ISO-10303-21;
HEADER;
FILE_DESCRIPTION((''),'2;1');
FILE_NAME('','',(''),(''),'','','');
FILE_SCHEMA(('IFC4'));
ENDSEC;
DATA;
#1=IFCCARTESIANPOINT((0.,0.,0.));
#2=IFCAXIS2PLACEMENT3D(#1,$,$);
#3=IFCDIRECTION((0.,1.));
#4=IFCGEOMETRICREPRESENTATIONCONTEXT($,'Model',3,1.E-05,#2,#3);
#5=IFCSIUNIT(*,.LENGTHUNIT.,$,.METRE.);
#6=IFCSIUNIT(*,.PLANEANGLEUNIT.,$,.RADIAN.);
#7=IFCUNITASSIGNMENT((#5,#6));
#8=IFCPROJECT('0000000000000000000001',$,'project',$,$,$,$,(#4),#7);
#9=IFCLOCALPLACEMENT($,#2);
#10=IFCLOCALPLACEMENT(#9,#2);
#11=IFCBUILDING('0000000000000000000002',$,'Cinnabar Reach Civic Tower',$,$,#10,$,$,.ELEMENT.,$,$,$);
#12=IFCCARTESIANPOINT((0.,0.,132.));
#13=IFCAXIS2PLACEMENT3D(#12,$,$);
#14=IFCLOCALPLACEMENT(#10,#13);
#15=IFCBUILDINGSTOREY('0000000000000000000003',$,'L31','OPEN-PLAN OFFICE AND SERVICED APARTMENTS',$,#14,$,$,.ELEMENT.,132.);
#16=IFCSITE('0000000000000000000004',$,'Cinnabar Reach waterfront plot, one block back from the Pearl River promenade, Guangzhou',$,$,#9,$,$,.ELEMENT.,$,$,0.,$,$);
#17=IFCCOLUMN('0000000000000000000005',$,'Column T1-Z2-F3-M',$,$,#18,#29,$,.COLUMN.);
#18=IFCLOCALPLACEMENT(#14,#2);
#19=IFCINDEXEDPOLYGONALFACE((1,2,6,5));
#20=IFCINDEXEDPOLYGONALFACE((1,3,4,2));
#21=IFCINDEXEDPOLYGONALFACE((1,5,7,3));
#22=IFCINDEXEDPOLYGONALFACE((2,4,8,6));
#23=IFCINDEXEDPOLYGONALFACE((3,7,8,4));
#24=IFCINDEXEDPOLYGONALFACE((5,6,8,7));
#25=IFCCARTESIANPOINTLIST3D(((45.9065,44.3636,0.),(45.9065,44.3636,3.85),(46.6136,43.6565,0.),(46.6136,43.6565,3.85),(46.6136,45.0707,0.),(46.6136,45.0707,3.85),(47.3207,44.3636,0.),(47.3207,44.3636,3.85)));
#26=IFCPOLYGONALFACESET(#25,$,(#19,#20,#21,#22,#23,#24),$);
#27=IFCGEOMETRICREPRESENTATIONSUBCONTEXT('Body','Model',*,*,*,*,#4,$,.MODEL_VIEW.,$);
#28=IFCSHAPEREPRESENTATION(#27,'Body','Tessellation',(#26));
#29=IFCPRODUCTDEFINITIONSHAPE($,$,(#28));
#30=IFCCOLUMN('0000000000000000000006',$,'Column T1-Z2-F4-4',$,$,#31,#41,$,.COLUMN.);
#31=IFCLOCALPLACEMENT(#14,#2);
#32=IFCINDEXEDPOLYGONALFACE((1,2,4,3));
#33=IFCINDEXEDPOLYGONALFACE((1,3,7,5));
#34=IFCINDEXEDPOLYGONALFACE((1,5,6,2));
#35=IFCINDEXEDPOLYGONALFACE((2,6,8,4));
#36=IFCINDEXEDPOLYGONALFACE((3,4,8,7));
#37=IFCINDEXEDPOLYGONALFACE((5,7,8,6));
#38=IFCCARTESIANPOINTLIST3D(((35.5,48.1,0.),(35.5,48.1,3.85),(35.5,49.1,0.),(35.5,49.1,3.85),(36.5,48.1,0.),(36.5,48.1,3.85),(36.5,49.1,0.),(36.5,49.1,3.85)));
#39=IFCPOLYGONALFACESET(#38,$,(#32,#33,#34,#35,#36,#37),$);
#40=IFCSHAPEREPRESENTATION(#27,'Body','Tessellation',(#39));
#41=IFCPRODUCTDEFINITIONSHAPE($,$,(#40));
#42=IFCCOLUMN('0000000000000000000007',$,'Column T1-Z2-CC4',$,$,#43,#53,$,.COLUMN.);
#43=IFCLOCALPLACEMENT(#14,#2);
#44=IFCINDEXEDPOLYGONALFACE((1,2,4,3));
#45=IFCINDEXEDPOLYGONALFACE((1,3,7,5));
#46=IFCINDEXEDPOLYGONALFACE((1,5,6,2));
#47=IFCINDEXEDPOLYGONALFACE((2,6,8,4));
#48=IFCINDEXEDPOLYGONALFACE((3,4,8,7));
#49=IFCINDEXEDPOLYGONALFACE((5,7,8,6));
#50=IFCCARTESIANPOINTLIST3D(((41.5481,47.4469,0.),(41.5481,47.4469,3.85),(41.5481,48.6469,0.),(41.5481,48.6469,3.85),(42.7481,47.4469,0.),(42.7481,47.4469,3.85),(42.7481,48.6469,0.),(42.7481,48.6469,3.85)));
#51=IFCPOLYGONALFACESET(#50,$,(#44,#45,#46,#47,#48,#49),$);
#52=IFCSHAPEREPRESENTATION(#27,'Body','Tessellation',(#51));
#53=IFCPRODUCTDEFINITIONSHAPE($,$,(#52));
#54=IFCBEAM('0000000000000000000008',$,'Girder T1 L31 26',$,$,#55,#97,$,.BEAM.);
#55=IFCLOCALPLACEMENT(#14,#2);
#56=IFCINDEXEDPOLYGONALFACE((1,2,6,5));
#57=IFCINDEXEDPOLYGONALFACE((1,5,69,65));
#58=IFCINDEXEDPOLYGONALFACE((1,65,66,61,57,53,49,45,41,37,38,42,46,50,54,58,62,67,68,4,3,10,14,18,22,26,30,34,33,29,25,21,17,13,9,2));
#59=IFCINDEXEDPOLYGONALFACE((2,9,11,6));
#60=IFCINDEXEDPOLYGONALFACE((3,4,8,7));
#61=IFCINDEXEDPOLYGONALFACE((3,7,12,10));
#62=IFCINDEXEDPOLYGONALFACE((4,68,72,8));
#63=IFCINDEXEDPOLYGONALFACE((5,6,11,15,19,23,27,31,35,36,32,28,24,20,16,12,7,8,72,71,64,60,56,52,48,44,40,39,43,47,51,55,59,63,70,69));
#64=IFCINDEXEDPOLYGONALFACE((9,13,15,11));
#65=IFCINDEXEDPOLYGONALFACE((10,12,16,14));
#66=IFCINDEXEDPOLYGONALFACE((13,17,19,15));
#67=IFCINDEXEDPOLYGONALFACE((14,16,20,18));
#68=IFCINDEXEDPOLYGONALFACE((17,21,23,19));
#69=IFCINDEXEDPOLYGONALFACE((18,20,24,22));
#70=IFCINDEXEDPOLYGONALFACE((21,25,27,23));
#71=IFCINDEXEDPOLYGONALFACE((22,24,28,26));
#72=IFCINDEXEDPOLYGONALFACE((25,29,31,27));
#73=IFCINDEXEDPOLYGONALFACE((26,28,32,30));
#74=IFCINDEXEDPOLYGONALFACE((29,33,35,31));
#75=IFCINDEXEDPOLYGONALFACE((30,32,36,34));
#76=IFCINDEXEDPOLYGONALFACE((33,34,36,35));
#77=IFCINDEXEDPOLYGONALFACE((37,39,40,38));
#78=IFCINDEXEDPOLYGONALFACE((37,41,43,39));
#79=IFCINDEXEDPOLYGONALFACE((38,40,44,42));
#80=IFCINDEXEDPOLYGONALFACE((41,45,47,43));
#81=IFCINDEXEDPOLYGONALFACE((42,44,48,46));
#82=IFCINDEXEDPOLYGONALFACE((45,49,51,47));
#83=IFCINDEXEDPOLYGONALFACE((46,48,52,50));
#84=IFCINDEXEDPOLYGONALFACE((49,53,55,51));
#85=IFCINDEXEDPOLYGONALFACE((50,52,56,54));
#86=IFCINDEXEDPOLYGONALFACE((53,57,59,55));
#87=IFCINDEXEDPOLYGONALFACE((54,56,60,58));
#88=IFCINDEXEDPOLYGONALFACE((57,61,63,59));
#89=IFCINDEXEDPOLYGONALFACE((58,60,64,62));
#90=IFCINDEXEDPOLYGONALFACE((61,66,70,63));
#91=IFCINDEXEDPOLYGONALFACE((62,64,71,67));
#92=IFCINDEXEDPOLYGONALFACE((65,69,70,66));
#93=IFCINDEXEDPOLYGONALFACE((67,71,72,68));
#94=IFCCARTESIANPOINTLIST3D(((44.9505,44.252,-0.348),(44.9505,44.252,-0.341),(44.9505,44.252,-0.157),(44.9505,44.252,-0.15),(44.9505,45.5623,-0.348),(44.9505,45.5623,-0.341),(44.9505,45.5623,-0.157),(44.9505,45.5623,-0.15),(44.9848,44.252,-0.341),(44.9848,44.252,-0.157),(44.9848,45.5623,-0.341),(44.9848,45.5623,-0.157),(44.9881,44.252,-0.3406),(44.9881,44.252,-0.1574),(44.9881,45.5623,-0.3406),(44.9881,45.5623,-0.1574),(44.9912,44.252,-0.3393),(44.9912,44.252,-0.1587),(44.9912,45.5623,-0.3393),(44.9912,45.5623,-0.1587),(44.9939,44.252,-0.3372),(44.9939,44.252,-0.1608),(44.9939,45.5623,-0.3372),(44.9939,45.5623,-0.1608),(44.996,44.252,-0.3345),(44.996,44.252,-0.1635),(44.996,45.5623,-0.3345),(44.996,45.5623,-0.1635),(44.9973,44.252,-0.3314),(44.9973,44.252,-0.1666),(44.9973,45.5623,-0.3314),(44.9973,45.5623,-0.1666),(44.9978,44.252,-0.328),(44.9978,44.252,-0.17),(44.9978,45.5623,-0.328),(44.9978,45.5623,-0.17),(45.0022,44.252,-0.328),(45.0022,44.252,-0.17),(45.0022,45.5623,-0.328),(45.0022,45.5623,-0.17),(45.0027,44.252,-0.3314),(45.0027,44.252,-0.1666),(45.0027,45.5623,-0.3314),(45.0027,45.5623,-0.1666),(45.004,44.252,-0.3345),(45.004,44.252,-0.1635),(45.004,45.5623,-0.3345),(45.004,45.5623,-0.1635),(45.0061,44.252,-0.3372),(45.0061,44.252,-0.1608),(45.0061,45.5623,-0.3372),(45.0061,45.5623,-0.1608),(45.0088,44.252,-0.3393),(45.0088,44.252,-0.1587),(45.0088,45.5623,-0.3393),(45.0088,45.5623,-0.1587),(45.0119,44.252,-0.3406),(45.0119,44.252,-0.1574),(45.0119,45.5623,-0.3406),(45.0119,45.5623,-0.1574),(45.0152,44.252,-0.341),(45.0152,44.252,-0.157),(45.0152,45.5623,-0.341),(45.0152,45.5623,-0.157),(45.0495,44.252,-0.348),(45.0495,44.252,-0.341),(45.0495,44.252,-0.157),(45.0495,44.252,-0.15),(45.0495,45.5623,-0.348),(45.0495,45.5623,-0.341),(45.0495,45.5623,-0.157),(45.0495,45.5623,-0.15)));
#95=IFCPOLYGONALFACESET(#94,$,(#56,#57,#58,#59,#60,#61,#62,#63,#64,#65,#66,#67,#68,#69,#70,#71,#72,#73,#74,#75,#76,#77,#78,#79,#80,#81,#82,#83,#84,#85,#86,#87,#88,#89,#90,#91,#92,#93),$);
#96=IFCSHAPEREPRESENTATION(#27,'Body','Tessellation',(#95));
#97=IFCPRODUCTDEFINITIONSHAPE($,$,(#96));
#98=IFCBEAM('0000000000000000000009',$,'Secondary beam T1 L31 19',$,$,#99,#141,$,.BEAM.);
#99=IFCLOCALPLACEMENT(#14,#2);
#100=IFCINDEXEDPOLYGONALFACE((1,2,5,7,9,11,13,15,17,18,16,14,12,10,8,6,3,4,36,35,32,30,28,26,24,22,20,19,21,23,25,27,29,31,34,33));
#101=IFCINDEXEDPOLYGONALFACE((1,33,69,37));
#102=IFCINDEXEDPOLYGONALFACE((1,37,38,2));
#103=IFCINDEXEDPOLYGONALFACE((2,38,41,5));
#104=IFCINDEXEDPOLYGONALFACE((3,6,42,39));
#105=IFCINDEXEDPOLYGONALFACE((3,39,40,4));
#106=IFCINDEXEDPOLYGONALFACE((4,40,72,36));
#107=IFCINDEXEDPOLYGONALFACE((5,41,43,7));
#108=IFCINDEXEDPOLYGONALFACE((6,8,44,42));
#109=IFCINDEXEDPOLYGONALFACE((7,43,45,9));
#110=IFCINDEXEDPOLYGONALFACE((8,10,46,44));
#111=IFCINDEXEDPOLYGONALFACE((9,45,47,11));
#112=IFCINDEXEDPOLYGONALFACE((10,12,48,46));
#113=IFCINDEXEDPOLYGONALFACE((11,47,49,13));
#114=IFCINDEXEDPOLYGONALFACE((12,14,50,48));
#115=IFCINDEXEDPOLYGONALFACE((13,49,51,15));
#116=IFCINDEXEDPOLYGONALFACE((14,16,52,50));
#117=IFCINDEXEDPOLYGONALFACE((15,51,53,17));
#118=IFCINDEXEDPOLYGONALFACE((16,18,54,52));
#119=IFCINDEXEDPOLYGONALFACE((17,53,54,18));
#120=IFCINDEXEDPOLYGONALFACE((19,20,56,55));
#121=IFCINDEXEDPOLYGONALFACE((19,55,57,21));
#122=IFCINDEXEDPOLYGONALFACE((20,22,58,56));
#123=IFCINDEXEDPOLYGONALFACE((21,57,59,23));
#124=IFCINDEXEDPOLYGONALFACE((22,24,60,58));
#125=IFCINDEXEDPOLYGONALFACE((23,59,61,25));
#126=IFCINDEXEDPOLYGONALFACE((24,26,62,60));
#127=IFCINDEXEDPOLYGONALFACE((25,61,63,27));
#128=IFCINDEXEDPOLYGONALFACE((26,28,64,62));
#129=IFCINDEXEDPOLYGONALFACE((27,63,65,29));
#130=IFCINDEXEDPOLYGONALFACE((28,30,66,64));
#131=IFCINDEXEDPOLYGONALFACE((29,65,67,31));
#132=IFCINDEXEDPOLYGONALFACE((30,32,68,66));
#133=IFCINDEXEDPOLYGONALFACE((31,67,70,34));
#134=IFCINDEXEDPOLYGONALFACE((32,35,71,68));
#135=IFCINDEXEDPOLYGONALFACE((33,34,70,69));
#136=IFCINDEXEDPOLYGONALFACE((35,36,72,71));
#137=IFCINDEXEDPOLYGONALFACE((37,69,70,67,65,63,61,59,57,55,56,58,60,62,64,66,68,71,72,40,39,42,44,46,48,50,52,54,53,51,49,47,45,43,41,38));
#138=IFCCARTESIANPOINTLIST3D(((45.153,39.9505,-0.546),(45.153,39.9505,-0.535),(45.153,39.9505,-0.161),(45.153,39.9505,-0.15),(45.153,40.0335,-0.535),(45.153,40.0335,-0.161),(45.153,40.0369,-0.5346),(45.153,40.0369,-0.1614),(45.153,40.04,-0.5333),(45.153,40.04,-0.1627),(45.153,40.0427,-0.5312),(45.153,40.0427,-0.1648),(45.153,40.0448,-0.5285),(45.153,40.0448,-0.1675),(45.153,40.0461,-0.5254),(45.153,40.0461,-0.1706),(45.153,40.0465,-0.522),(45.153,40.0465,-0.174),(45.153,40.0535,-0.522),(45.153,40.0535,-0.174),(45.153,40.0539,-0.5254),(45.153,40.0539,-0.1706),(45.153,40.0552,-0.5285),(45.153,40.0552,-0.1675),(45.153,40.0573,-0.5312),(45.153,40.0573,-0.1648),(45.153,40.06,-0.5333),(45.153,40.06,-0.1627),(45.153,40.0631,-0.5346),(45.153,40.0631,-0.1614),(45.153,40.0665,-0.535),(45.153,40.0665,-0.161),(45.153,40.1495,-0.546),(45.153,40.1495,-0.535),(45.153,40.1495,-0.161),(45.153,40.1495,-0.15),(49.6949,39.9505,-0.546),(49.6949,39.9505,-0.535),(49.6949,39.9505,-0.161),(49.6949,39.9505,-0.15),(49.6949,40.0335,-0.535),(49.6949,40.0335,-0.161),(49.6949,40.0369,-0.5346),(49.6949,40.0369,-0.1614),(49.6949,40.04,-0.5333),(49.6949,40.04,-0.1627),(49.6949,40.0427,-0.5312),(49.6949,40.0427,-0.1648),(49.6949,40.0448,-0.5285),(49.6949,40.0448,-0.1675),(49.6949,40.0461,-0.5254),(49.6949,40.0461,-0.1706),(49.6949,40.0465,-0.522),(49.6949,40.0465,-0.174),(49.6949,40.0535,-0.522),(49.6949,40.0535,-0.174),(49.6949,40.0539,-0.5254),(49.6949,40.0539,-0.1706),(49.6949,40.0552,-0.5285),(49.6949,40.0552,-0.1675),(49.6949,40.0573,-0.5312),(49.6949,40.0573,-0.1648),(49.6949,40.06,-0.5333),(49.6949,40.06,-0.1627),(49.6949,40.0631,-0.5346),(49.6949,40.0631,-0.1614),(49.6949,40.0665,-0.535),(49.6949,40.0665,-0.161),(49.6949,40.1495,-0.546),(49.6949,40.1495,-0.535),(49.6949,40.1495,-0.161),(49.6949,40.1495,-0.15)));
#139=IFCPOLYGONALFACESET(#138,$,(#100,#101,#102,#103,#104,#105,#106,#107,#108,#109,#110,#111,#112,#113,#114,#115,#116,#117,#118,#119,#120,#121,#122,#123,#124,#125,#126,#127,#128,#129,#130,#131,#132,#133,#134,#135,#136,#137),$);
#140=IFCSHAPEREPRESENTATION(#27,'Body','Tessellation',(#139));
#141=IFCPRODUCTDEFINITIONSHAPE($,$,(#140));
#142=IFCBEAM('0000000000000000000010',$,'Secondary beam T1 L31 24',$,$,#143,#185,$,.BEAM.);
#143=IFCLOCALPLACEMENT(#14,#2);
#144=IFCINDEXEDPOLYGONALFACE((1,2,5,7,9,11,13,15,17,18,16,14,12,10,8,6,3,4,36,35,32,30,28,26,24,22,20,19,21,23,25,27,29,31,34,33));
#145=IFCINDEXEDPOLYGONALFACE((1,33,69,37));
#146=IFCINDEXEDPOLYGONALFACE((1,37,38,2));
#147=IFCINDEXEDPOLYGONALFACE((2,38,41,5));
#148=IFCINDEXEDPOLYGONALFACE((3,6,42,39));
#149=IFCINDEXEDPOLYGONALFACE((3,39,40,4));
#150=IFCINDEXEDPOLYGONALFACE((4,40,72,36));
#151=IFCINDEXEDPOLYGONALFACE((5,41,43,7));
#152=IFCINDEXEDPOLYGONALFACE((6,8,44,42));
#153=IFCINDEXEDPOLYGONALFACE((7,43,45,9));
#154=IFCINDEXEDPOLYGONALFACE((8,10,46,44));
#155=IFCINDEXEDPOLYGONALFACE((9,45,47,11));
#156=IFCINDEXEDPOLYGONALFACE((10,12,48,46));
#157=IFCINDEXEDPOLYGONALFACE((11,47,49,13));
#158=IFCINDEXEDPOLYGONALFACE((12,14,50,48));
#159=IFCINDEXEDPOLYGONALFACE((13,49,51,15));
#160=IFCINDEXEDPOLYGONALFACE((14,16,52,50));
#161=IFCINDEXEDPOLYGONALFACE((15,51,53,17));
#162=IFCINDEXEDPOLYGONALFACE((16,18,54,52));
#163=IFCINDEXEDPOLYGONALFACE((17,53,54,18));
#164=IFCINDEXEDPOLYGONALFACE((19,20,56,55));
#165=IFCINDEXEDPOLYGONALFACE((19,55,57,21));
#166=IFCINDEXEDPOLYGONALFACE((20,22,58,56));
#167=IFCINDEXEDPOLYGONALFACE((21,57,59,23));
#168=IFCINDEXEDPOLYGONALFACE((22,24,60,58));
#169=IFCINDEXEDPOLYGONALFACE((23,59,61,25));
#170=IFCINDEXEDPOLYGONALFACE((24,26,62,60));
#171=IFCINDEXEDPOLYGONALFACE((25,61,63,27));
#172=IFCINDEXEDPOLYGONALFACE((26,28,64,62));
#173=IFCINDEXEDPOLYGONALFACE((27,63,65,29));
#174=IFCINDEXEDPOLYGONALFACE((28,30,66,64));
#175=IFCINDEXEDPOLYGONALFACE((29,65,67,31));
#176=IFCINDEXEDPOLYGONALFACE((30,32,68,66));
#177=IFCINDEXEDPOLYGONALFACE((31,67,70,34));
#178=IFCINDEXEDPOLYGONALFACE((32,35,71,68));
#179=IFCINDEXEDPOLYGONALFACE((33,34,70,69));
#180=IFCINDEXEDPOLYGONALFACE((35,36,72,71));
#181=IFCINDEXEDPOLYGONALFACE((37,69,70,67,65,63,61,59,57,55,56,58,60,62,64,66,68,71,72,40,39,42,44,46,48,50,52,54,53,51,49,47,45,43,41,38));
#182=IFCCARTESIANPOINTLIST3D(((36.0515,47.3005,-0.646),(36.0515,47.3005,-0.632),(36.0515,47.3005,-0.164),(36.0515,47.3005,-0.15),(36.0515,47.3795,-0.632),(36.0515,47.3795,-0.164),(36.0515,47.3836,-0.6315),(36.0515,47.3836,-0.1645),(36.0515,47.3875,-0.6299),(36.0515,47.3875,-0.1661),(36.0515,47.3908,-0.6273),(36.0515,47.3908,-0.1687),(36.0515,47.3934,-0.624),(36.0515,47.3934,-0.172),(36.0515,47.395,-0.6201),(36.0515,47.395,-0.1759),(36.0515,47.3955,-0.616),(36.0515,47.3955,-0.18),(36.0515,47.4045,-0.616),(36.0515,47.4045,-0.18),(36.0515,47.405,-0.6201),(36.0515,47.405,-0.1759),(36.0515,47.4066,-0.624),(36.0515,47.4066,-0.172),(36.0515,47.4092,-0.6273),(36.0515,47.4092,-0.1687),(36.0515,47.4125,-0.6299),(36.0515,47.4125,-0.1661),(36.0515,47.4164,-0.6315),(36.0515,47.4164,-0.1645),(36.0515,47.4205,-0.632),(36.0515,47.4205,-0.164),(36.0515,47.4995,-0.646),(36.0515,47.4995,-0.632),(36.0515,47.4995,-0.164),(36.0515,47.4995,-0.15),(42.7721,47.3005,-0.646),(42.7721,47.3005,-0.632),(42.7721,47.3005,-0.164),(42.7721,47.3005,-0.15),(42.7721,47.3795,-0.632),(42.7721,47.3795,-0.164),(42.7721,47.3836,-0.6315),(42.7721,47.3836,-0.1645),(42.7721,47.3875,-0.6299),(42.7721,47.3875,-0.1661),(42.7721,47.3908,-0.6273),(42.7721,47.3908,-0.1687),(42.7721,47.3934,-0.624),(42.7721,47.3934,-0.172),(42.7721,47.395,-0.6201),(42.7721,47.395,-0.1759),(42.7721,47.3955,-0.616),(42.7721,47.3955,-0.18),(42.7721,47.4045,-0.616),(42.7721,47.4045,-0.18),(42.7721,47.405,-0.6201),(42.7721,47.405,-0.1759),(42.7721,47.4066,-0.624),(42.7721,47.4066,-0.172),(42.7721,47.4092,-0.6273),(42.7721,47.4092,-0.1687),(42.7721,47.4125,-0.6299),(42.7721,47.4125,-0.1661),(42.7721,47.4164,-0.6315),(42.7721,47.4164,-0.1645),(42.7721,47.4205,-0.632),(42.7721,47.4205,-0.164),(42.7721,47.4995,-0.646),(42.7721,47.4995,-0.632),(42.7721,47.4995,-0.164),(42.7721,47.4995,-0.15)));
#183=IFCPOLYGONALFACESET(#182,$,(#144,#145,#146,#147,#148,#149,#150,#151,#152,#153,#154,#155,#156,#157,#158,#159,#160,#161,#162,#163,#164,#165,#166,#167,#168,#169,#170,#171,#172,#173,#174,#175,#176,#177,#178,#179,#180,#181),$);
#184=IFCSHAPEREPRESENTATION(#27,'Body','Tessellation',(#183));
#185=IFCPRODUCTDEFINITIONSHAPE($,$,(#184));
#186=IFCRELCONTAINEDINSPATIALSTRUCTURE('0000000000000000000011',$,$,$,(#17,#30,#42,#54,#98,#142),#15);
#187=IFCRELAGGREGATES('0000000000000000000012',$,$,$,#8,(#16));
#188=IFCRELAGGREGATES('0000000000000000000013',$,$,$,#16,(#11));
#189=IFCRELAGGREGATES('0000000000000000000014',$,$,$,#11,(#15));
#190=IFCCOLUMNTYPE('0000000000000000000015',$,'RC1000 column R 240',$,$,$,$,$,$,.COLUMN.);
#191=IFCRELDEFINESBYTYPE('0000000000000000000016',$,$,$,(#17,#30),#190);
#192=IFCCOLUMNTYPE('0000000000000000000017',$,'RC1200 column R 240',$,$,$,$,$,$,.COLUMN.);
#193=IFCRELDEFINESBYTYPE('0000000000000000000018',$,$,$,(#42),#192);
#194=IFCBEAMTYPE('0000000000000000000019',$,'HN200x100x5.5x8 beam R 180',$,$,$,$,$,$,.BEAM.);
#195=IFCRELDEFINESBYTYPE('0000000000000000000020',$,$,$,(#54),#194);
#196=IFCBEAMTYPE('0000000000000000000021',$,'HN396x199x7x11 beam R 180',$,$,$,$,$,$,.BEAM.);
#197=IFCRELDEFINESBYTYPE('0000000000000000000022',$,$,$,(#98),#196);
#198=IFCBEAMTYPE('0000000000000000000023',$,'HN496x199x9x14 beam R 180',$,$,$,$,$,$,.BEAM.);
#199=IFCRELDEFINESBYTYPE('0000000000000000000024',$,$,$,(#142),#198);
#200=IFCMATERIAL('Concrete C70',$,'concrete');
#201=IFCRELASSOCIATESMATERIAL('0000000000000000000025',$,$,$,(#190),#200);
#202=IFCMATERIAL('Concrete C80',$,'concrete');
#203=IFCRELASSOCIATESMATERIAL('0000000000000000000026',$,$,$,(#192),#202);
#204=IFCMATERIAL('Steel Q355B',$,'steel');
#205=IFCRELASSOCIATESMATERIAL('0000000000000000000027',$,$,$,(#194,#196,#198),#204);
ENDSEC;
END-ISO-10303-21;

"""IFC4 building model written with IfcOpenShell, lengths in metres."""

from ifc_helpers import new_model, si_unit, direction, frame, origin, origin_2d, place, context, subcontext, project, spatial, rectangle, i_section, extrude, material, material_profile, profile_set, type_object, element, save


model = new_model("IFC4")

# Units and contexts
model_context = context("Model", 3, precision=1e-05, world=origin(), true_north=direction((0.0, 1.0)))
body_context = subcontext(model_context, "Body", "Model", "MODEL_VIEW")
ifc_project = project(units=[si_unit("LENGTHUNIT", "METRE"), si_unit("PLANEANGLEUNIT", "RADIAN")], contexts=[model_context])

# Site, building, storey
site_placement = place(None, origin())
site = spatial("IfcSite", under=ifc_project, at=site_placement, Name="Cinnabar Reach waterfront plot, one block back from the Pearl River promenade, Guangzhou", CompositionType="ELEMENT", RefElevation=0.0)
building_placement = place(site_placement, origin())
building = spatial("IfcBuilding", under=site, at=building_placement, Name="Cinnabar Reach Civic Tower", CompositionType="ELEMENT")
storey_placement = place(building_placement, frame((0.0, 0.0, 132.0)))
storey = spatial("IfcBuildingStorey", under=building, at=storey_placement, Name="L31", Description="OPEN-PLAN OFFICE AND SERVICED APARTMENTS", CompositionType="ELEMENT", Elevation=132.0)

# Columns
ifc_material_1 = material(Name="Concrete C70", Category="concrete")
ifc_material_profile_1 = material_profile(ifc_material_1, rectangle(XDim=1.0, YDim=1.0, at=origin_2d()), Name="RC1000")
ifc_profile_set_1 = profile_set([ifc_material_profile_1], Name="Concrete C70")
column_type_1 = type_object("IfcColumnType", Name="RC1000 column R 240", PredefinedType="COLUMN", material=ifc_profile_set_1)
for number, where, z_axis, x_axis, name in (
    (1, (46.6136, 44.3636, 0.0), (0.0, 0.0, 1.0), (0.707107, 0.707107, 0.0), "Column T1-Z2-F3-M"),
    (2, (36.0, 48.6, 0.0), (0.0, 0.0, 1.0), (1.0, 0.0, 0.0), "Column T1-Z2-F4-4"),
):
    element("IfcColumn", number, at=place(storey_placement, frame(where, z_axis=z_axis, x_axis=x_axis)), inside=storey, type_object=column_type_1, Name=name, PredefinedType="COLUMN", context=body_context, shape_type="SweptSolid", body=[
        extrude(rectangle(XDim=1.0, YDim=1.0, at=origin_2d()), origin(), (0.0, 0.0, 1.0), 3.85),
    ])
ifc_material_2 = material(Name="Concrete C80", Category="concrete")
ifc_material_profile_2 = material_profile(ifc_material_2, rectangle(XDim=1.2, YDim=1.2, at=origin_2d()), Name="RC1200")
ifc_profile_set_2 = profile_set([ifc_material_profile_2], Name="Concrete C80")
column_type_2 = type_object("IfcColumnType", Name="RC1200 column R 240", PredefinedType="COLUMN", material=ifc_profile_set_2)
column_placement = place(storey_placement, frame((42.1481, 48.0469, 0.0), z_axis=(0.0, 0.0, 1.0), x_axis=(1.0, 0.0, 0.0)))
element("IfcColumn", 3, at=column_placement, inside=storey, type_object=column_type_2, Name="Column T1-Z2-CC4", PredefinedType="COLUMN", context=body_context, shape_type="SweptSolid", body=[
    extrude(rectangle(XDim=1.2, YDim=1.2, at=origin_2d()), origin(), (0.0, 0.0, 1.0), 3.85),
])

# Beams
ifc_material_3 = material(Name="Steel Q355B", Category="steel")
ifc_material_profile_3 = material_profile(ifc_material_3, i_section(OverallWidth=0.099, OverallDepth=0.198, WebThickness=0.0045, FlangeThickness=0.007, FilletRadius=0.013, at=origin_2d()), Name="HN200x100x5.5x8")
ifc_profile_set_3 = profile_set([ifc_material_profile_3], Name="Steel Q355B")
beam_type_1 = type_object("IfcBeamType", Name="HN200x100x5.5x8 beam R 180", PredefinedType="BEAM", material=ifc_profile_set_3)
beam_1_placement = place(storey_placement, frame((45.0, 44.252, -0.249), z_axis=(0.0, 1.0, 0.0), x_axis=(-1.0, 0.0, 0.0)))
element("IfcBeam", 4, at=beam_1_placement, inside=storey, type_object=beam_type_1, Name="Girder T1 L31 26", PredefinedType="BEAM", context=body_context, shape_type="SweptSolid", body=[
    extrude(i_section(OverallWidth=0.099, OverallDepth=0.198, WebThickness=0.0045, FlangeThickness=0.007, FilletRadius=0.013, at=origin_2d()), origin(), (0.0, 0.0, 1.0), 1.3103),
])
ifc_material_profile_4 = material_profile(ifc_material_3, i_section(OverallWidth=0.199, OverallDepth=0.396, WebThickness=0.007, FlangeThickness=0.011, FilletRadius=0.013, at=origin_2d()), Name="HN396x199x7x11")
ifc_profile_set_4 = profile_set([ifc_material_profile_4], Name="Steel Q355B")
beam_type_2 = type_object("IfcBeamType", Name="HN396x199x7x11 beam R 180", PredefinedType="BEAM", material=ifc_profile_set_4)
beam_2_placement = place(storey_placement, frame((45.153, 40.05, -0.348), z_axis=(1.0, 0.0, 0.0), x_axis=(0.0, 1.0, 0.0)))
element("IfcBeam", 5, at=beam_2_placement, inside=storey, type_object=beam_type_2, Name="Secondary beam T1 L31 19", PredefinedType="BEAM", context=body_context, shape_type="SweptSolid", body=[
    extrude(i_section(OverallWidth=0.199, OverallDepth=0.396, WebThickness=0.007, FlangeThickness=0.011, FilletRadius=0.013, at=origin_2d()), origin(), (0.0, 0.0, 1.0), 4.5419),
])
ifc_material_profile_5 = material_profile(ifc_material_3, i_section(OverallWidth=0.199, OverallDepth=0.496, WebThickness=0.009, FlangeThickness=0.014, FilletRadius=0.016, at=origin_2d()), Name="HN496x199x9x14")
ifc_profile_set_5 = profile_set([ifc_material_profile_5], Name="Steel Q355B")
beam_type_3 = type_object("IfcBeamType", Name="HN496x199x9x14 beam R 180", PredefinedType="BEAM", material=ifc_profile_set_5)
beam_3_placement = place(storey_placement, frame((36.0515, 47.4, -0.398), z_axis=(1.0, 0.0, 0.0), x_axis=(0.0, 1.0, 0.0)))
element("IfcBeam", 6, at=beam_3_placement, inside=storey, type_object=beam_type_3, Name="Secondary beam T1 L31 24", PredefinedType="BEAM", context=body_context, shape_type="SweptSolid", body=[
    extrude(i_section(OverallWidth=0.199, OverallDepth=0.496, WebThickness=0.009, FlangeThickness=0.014, FilletRadius=0.016, at=origin_2d()), origin(), (0.0, 0.0, 1.0), 6.7206),
])

save(model, "model.ifc")
